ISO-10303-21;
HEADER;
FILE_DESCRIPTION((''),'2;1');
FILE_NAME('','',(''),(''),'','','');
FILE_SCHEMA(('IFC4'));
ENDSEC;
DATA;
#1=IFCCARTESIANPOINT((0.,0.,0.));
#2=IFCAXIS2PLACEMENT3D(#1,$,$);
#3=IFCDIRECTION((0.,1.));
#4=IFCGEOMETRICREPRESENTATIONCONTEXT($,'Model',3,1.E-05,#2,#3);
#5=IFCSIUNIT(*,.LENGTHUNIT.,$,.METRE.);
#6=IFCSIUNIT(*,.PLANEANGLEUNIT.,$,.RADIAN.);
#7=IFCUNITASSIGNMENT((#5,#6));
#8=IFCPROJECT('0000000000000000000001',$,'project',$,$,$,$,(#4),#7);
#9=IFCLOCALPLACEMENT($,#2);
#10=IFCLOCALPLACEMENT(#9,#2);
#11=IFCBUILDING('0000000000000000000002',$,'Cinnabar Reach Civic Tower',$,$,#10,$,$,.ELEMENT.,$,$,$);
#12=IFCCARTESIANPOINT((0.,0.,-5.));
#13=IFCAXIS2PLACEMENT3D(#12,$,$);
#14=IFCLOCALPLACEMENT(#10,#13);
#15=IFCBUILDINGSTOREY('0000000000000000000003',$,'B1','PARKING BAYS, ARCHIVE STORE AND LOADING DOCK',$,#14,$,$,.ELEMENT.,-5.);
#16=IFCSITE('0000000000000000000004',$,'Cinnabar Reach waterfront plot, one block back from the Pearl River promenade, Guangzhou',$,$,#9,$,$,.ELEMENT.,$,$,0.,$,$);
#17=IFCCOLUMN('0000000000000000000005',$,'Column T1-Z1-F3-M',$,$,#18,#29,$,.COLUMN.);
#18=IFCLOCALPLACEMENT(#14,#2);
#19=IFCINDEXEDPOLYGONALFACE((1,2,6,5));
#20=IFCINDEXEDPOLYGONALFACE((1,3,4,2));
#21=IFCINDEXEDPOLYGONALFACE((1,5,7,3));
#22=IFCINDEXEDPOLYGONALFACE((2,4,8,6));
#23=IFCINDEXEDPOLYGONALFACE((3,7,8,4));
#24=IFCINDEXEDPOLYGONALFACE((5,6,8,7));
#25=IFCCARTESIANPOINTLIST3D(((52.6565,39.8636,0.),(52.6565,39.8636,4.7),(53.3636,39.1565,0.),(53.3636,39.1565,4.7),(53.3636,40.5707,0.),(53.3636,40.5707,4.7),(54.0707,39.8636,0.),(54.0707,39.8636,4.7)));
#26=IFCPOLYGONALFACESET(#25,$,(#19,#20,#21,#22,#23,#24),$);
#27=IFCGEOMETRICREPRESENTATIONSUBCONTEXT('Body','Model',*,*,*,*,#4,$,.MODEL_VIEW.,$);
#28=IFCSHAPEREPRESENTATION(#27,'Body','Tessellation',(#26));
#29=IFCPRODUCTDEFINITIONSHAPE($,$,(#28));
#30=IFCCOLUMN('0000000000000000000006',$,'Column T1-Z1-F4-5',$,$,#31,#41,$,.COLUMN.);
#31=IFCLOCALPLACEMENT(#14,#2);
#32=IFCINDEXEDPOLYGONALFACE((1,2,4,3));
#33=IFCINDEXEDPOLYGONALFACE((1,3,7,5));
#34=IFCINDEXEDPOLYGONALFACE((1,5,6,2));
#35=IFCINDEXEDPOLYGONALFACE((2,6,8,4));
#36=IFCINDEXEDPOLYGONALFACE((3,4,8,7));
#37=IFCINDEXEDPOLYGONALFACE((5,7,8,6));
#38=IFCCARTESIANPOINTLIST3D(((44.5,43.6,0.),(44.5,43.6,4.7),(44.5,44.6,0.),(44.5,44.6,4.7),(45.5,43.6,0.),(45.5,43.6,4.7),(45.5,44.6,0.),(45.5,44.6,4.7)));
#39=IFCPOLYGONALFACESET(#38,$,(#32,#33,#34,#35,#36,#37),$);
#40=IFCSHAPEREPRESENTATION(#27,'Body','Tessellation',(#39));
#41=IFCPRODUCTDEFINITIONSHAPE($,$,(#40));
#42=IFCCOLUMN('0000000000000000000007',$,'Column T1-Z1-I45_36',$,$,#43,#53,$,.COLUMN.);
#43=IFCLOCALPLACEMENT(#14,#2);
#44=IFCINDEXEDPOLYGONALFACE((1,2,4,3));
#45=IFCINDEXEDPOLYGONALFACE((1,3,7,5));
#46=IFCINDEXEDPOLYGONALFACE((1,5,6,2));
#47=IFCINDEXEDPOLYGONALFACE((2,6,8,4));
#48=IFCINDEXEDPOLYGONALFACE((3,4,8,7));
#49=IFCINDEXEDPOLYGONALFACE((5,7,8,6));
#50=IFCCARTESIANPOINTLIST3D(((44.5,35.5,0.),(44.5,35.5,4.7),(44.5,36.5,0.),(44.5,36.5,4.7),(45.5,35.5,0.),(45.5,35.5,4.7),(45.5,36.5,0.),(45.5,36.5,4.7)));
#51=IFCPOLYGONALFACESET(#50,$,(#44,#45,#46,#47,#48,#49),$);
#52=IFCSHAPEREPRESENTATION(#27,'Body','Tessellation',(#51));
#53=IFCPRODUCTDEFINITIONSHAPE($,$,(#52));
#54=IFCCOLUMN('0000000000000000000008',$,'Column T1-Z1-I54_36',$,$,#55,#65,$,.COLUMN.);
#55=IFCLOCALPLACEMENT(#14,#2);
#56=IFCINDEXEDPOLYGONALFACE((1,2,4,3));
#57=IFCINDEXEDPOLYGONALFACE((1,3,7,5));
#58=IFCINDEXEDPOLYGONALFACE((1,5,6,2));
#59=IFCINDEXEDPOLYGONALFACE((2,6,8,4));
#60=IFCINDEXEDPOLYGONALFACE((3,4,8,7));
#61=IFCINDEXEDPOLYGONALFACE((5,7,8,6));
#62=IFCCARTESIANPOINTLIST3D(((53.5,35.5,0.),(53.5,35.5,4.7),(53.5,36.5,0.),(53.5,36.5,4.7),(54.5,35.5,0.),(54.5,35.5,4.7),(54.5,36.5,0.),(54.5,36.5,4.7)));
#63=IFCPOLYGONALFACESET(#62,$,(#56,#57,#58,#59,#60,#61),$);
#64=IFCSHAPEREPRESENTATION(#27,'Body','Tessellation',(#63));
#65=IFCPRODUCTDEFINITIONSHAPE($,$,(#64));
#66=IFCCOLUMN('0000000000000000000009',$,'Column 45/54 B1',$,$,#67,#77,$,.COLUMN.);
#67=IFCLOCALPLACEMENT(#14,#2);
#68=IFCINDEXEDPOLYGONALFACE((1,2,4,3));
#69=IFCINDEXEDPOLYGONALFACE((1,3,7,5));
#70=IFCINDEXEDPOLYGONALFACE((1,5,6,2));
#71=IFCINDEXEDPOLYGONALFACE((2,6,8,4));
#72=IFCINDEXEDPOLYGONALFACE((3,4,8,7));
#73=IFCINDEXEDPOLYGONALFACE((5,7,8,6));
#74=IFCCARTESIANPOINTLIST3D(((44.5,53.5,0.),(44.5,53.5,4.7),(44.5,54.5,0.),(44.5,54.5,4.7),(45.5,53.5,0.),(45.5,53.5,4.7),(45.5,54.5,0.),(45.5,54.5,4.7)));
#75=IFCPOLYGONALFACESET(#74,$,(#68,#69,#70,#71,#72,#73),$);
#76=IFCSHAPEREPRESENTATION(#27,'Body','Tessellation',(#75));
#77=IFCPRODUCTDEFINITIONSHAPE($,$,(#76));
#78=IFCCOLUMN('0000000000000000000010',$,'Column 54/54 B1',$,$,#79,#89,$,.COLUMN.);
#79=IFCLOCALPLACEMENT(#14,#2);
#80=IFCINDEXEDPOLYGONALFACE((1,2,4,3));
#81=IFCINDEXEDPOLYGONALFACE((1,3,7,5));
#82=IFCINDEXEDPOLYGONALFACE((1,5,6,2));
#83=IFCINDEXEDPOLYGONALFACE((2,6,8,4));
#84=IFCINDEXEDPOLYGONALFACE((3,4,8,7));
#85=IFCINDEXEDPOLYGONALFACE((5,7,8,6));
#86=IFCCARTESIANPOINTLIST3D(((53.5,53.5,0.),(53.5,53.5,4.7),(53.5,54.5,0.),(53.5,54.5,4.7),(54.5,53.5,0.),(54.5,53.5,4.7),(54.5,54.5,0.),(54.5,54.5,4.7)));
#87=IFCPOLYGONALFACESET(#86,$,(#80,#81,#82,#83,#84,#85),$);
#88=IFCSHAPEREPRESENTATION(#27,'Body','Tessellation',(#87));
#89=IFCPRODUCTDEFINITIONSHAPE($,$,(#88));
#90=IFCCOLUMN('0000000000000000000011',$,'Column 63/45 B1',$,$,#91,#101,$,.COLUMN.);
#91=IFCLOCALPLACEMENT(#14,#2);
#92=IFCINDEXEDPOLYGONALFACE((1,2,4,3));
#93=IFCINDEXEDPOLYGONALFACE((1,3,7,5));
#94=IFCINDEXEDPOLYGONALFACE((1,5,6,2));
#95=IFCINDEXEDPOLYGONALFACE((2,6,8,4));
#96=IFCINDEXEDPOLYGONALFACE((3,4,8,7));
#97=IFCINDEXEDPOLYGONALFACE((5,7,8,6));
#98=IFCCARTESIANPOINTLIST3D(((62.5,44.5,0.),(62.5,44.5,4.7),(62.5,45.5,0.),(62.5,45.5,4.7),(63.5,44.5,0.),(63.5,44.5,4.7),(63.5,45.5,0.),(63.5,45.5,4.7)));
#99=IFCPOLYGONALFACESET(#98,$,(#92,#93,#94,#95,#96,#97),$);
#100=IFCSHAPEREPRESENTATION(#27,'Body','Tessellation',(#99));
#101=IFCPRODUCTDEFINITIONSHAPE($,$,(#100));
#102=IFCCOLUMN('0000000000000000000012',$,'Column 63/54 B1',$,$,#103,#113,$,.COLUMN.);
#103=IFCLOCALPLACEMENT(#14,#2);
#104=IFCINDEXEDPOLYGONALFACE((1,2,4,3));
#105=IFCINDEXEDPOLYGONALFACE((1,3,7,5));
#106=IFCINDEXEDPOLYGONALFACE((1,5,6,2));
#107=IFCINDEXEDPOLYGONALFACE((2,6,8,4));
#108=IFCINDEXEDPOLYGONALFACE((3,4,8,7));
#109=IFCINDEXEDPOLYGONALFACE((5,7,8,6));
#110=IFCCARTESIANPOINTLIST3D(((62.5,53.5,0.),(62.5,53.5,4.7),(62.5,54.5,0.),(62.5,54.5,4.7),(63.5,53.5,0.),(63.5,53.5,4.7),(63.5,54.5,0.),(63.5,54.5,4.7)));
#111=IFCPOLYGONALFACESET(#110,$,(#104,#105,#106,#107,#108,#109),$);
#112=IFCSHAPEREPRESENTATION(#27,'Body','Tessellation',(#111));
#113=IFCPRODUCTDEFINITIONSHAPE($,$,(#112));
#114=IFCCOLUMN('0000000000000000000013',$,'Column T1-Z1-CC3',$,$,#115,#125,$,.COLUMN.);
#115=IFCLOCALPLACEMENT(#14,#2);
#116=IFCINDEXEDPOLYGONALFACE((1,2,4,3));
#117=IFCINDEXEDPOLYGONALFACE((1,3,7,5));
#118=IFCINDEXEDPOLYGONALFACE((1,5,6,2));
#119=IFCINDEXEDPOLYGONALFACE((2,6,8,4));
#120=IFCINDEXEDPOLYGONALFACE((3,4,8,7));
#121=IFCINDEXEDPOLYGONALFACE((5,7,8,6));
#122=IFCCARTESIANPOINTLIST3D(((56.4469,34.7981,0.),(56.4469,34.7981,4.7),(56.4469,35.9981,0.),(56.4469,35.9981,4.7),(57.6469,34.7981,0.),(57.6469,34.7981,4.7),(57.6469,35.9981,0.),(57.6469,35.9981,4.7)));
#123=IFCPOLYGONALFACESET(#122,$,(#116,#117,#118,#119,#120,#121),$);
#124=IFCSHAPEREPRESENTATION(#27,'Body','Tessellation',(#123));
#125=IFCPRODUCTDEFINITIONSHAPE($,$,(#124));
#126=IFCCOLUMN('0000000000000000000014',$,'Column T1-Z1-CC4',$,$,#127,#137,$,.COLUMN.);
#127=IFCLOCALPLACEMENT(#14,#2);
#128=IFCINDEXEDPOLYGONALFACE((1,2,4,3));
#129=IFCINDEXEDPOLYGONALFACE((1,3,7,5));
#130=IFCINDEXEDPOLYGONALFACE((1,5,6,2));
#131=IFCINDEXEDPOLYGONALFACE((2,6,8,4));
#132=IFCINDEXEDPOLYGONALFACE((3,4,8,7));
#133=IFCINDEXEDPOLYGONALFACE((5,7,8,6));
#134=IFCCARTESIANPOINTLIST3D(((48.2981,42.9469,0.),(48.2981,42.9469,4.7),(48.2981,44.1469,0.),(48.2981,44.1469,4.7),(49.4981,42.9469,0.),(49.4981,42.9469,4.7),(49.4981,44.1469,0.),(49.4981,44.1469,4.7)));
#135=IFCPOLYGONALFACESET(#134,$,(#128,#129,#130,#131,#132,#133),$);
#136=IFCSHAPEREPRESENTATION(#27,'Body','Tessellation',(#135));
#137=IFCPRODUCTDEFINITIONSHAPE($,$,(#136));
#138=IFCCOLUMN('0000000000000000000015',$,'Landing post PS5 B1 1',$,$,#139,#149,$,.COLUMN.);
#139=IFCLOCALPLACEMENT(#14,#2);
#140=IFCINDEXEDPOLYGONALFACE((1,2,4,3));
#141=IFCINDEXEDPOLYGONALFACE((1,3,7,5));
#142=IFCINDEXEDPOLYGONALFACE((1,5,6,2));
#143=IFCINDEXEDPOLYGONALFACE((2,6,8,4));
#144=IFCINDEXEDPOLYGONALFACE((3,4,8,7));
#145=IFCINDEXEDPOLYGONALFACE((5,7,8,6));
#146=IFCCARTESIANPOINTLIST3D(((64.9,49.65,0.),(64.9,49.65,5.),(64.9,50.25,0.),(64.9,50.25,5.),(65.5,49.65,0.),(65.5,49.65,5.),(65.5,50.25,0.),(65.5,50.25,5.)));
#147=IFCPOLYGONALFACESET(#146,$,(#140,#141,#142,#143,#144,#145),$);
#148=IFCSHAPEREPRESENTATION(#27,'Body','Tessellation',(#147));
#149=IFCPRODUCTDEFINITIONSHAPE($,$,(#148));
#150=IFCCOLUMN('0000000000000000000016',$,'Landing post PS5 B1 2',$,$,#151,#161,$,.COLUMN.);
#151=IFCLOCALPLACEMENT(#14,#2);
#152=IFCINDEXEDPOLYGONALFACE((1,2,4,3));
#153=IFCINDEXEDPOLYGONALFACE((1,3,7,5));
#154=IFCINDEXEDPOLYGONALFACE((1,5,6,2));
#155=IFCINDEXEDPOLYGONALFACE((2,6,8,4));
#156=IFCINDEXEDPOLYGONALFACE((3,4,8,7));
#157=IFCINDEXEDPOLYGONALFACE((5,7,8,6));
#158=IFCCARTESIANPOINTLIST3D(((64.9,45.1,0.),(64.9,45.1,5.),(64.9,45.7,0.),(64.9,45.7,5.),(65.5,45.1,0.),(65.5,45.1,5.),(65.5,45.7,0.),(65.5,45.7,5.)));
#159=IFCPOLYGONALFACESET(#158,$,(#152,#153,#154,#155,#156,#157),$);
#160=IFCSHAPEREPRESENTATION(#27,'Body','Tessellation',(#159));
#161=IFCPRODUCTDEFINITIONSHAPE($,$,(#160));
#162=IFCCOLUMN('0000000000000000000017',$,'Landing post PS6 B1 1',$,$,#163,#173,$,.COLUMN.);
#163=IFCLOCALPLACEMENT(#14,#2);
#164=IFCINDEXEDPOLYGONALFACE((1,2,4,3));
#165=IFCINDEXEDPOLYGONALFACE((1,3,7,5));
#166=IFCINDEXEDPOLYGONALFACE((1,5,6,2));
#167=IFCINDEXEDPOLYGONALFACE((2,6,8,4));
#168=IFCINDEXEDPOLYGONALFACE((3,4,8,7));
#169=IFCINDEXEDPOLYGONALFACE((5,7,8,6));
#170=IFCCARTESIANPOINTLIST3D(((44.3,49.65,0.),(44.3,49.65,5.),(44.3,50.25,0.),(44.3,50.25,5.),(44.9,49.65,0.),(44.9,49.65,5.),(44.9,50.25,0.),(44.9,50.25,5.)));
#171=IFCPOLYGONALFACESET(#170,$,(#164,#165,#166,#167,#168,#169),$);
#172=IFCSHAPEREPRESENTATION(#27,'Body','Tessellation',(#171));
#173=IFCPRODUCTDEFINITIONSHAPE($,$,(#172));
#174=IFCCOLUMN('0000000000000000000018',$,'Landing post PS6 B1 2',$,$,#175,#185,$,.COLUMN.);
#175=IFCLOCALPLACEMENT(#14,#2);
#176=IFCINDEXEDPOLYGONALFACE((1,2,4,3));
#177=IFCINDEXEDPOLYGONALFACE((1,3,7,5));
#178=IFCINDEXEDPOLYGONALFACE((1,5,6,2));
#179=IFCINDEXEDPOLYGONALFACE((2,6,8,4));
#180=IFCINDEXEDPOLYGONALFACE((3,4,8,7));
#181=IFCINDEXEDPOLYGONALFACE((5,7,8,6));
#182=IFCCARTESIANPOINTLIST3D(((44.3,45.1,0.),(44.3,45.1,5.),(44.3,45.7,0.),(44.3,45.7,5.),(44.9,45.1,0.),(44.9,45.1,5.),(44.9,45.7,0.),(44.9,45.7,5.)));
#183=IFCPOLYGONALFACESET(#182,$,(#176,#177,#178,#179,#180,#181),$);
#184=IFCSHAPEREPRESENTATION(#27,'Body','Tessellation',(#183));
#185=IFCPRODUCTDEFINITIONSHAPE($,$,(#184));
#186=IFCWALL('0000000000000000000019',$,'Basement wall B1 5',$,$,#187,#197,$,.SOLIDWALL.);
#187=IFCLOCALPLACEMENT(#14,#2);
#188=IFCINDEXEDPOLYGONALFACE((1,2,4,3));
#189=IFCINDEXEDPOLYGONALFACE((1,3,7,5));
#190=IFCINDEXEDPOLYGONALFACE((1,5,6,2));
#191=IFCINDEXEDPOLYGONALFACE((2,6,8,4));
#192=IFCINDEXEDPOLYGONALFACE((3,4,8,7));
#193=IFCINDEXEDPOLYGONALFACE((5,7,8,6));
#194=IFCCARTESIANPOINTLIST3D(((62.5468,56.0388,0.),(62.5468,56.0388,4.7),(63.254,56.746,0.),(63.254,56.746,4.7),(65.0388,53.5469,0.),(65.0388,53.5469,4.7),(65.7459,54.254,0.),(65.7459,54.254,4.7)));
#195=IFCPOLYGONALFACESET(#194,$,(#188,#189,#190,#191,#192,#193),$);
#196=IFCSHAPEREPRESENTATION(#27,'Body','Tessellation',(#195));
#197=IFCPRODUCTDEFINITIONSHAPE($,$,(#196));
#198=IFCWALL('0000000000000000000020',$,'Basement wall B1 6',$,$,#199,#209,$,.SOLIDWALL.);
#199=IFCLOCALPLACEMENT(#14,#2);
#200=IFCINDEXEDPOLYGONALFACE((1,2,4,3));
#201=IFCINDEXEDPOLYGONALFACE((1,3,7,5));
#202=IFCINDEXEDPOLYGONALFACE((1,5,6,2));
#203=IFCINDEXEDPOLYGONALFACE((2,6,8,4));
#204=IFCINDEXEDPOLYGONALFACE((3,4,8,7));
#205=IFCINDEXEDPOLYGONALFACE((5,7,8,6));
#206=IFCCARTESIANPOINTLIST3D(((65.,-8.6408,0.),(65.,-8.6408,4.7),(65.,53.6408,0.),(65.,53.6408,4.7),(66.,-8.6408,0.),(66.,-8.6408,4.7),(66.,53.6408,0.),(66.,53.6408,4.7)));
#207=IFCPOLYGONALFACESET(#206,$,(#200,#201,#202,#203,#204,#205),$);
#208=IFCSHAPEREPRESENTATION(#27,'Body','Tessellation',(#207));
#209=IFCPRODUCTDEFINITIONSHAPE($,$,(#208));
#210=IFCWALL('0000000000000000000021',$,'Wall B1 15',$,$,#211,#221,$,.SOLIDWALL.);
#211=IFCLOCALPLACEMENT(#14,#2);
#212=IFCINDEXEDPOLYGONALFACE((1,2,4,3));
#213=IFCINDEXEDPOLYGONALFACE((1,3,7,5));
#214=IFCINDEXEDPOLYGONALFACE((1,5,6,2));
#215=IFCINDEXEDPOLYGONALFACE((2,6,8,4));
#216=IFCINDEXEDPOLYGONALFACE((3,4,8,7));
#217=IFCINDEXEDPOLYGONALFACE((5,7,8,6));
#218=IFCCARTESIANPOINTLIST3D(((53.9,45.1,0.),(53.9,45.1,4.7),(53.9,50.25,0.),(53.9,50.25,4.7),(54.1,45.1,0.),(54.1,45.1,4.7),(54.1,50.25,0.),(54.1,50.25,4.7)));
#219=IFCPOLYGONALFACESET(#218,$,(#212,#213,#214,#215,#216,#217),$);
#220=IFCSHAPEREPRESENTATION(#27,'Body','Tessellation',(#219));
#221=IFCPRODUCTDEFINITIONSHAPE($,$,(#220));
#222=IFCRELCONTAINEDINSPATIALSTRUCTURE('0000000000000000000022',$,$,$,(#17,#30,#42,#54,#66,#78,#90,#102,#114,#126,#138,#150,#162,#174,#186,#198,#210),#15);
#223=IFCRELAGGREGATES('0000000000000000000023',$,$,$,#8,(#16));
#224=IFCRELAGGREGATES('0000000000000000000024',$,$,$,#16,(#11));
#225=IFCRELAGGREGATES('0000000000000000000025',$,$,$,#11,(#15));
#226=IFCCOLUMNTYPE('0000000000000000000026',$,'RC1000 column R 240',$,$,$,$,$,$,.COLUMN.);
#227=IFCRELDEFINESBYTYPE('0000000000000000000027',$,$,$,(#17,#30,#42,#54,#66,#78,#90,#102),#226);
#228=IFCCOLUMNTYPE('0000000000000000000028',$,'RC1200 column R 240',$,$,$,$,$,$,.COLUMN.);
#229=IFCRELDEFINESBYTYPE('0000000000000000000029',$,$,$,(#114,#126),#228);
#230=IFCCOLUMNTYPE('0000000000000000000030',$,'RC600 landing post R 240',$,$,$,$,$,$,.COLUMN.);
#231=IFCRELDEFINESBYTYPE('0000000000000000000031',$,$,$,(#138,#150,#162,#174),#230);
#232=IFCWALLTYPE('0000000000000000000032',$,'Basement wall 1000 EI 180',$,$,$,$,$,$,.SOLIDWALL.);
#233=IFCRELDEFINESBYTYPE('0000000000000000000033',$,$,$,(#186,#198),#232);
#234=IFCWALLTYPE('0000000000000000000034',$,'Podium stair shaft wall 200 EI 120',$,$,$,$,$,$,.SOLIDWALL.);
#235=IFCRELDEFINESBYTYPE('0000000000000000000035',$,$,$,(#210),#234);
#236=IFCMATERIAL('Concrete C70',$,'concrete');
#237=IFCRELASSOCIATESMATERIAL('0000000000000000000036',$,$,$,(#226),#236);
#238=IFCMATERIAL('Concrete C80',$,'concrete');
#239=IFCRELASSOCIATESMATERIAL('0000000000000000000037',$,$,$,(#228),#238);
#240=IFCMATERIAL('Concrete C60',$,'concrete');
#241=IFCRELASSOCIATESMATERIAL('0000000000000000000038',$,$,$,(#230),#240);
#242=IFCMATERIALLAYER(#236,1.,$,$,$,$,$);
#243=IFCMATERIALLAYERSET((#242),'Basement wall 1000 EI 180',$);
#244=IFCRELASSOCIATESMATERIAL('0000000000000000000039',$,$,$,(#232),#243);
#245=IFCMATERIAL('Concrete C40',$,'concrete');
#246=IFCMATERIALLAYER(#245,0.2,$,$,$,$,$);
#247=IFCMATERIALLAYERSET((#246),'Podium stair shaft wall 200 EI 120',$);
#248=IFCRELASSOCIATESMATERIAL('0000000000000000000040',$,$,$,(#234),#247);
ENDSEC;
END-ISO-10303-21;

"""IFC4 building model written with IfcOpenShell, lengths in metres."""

from ifc_helpers import new_model, si_unit, direction, frame, frame_2d, origin, origin_2d, place, context, subcontext, project, spatial, rectangle, extrude, material, layer, layer_set, material_profile, profile_set, type_object, element, save


model = new_model("IFC4")

# Units and contexts
model_context = context("Model", 3, precision=1e-05, world=origin(), true_north=direction((0.0, 1.0)))
body_context = subcontext(model_context, "Body", "Model", "MODEL_VIEW")
ifc_project = project(units=[si_unit("LENGTHUNIT", "METRE"), si_unit("PLANEANGLEUNIT", "RADIAN")], contexts=[model_context])

# Site, building, storey
site_placement = place(None, origin())
site = spatial("IfcSite", under=ifc_project, at=site_placement, Name="Cinnabar Reach waterfront plot, one block back from the Pearl River promenade, Guangzhou", CompositionType="ELEMENT", RefElevation=0.0)
building_placement = place(site_placement, origin())
building = spatial("IfcBuilding", under=site, at=building_placement, Name="Cinnabar Reach Civic Tower", CompositionType="ELEMENT")
storey_placement = place(building_placement, frame((0.0, 0.0, -5.0)))
storey = spatial("IfcBuildingStorey", under=building, at=storey_placement, Name="B1", Description="PARKING BAYS, ARCHIVE STORE AND LOADING DOCK", CompositionType="ELEMENT", Elevation=-5.0)

# Columns
ifc_material_1 = material(Name="Concrete C70", Category="concrete")
ifc_material_profile_1 = material_profile(ifc_material_1, rectangle(XDim=1.0, YDim=1.0, at=origin_2d()), Name="RC1000")
ifc_profile_set_1 = profile_set([ifc_material_profile_1], Name="Concrete C70")
column_type_1 = type_object("IfcColumnType", Name="RC1000 column R 240", PredefinedType="COLUMN", material=ifc_profile_set_1)
for number, where, z_axis, x_axis, name in (
    (1, (53.3636, 39.8636, 0.0), (0.0, 0.0, 1.0), (0.707107, 0.707107, 0.0), "Column T1-Z1-F3-M"),
    (2, (45.0, 44.1, 0.0), (0.0, 0.0, 1.0), (1.0, 0.0, 0.0), "Column T1-Z1-F4-5"),
    (3, (45.0, 36.0, 0.0), (0.0, 0.0, 1.0), (1.0, 0.0, 0.0), "Column T1-Z1-I45_36"),
    (4, (54.0, 36.0, 0.0), (0.0, 0.0, 1.0), (1.0, 0.0, 0.0), "Column T1-Z1-I54_36"),
    (5, (45.0, 54.0, 0.0), (0.0, 0.0, 1.0), (1.0, 0.0, 0.0), "Column 45/54 B1"),
    (6, (54.0, 54.0, 0.0), (0.0, 0.0, 1.0), (1.0, 0.0, 0.0), "Column 54/54 B1"),
    (7, (63.0, 45.0, 0.0), (0.0, 0.0, 1.0), (1.0, 0.0, 0.0), "Column 63/45 B1"),
    (8, (63.0, 54.0, 0.0), (0.0, 0.0, 1.0), (1.0, 0.0, 0.0), "Column 63/54 B1"),
):
    element("IfcColumn", number, at=place(storey_placement, frame(where, z_axis=z_axis, x_axis=x_axis)), inside=storey, type_object=column_type_1, Name=name, PredefinedType="COLUMN", context=body_context, shape_type="SweptSolid", body=[
        extrude(rectangle(XDim=1.0, YDim=1.0, at=origin_2d()), origin(), (0.0, 0.0, 1.0), 4.7),
    ])
ifc_material_2 = material(Name="Concrete C80", Category="concrete")
ifc_material_profile_2 = material_profile(ifc_material_2, rectangle(XDim=1.2, YDim=1.2, at=origin_2d()), Name="RC1200")
ifc_profile_set_2 = profile_set([ifc_material_profile_2], Name="Concrete C80")
column_type_2 = type_object("IfcColumnType", Name="RC1200 column R 240", PredefinedType="COLUMN", material=ifc_profile_set_2)
for number, where, z_axis, x_axis, name in (
    (9, (57.0469, 35.3981, 0.0), (0.0, 0.0, 1.0), (1.0, 0.0, 0.0), "Column T1-Z1-CC3"),
    (10, (48.8981, 43.5469, 0.0), (0.0, 0.0, 1.0), (1.0, 0.0, 0.0), "Column T1-Z1-CC4"),
):
    element("IfcColumn", number, at=place(storey_placement, frame(where, z_axis=z_axis, x_axis=x_axis)), inside=storey, type_object=column_type_2, Name=name, PredefinedType="COLUMN", context=body_context, shape_type="SweptSolid", body=[
        extrude(rectangle(XDim=1.2, YDim=1.2, at=origin_2d()), origin(), (0.0, 0.0, 1.0), 4.7),
    ])
ifc_material_3 = material(Name="Concrete C60", Category="concrete")
ifc_material_profile_3 = material_profile(ifc_material_3, rectangle(XDim=0.6, YDim=0.6, at=origin_2d()), Name="RC600")
ifc_profile_set_3 = profile_set([ifc_material_profile_3], Name="Concrete C60")
column_type_3 = type_object("IfcColumnType", Name="RC600 landing post R 240", PredefinedType="COLUMN", material=ifc_profile_set_3)
for number, where, z_axis, x_axis, name in (
    (11, (65.2, 49.95, 0.0), (0.0, 0.0, 1.0), (1.0, 0.0, 0.0), "Landing post PS5 B1 1"),
    (12, (65.2, 45.4, 0.0), (0.0, 0.0, 1.0), (1.0, 0.0, 0.0), "Landing post PS5 B1 2"),
    (13, (44.6, 49.95, 0.0), (0.0, 0.0, 1.0), (1.0, 0.0, 0.0), "Landing post PS6 B1 1"),
    (14, (44.6, 45.4, 0.0), (0.0, 0.0, 1.0), (1.0, 0.0, 0.0), "Landing post PS6 B1 2"),
):
    element("IfcColumn", number, at=place(storey_placement, frame(where, z_axis=z_axis, x_axis=x_axis)), inside=storey, type_object=column_type_3, Name=name, PredefinedType="COLUMN", context=body_context, shape_type="SweptSolid", body=[
        extrude(rectangle(XDim=0.6, YDim=0.6, at=origin_2d()), origin(), (0.0, 0.0, 1.0), 5.0),
    ])

# Walls
ifc_layer_1 = layer(ifc_material_1, 1.0)
ifc_layer_set_1 = layer_set([ifc_layer_1], Name="Basement wall 1000 EI 180")
wall_type_1 = type_object("IfcWallType", Name="Basement wall 1000 EI 180", PredefinedType="SOLIDWALL", material=ifc_layer_set_1)
wall_1_placement = place(storey_placement, frame((62.9004, 56.3924, 0.0), z_axis=(0.0, 0.0, 1.0), x_axis=(0.707107, -0.707107, 0.0)))
element("IfcWall", 15, at=wall_1_placement, inside=storey, type_object=wall_type_1, Name="Basement wall B1 5", PredefinedType="SOLIDWALL", context=body_context, shape_type="SweptSolid", body=[
    extrude(rectangle(XDim=3.5242, YDim=1.0, at=frame_2d((1.7621, 0.0))), origin(), (0.0, 0.0, 1.0), 4.7),
])
wall_2_placement = place(storey_placement, frame((65.5, 53.6408, 0.0), z_axis=(0.0, 0.0, 1.0), x_axis=(0.0, -1.0, 0.0)))
element("IfcWall", 16, at=wall_2_placement, inside=storey, type_object=wall_type_1, Name="Basement wall B1 6", PredefinedType="SOLIDWALL", context=body_context, shape_type="SweptSolid", body=[
    extrude(rectangle(XDim=62.2816, YDim=1.0, at=frame_2d((31.1408, 0.0))), origin(), (0.0, 0.0, 1.0), 4.7),
])
ifc_material_4 = material(Name="Concrete C40", Category="concrete")
ifc_layer_2 = layer(ifc_material_4, 0.2)
ifc_layer_set_2 = layer_set([ifc_layer_2], Name="Podium stair shaft wall 200 EI 120")
wall_type_2 = type_object("IfcWallType", Name="Podium stair shaft wall 200 EI 120", PredefinedType="SOLIDWALL", material=ifc_layer_set_2)
wall_3_placement = place(storey_placement, frame((54.0, 45.1, 0.0), z_axis=(0.0, 0.0, 1.0), x_axis=(0.0, 1.0, 0.0)))
element("IfcWall", 17, at=wall_3_placement, inside=storey, type_object=wall_type_2, Name="Wall B1 15", PredefinedType="SOLIDWALL", context=body_context, shape_type="SweptSolid", body=[
    extrude(rectangle(XDim=5.15, YDim=0.2, at=frame_2d((2.575, 0.0))), origin(), (0.0, 0.0, 1.0), 4.7),
])

save(model, "model.ifc")
